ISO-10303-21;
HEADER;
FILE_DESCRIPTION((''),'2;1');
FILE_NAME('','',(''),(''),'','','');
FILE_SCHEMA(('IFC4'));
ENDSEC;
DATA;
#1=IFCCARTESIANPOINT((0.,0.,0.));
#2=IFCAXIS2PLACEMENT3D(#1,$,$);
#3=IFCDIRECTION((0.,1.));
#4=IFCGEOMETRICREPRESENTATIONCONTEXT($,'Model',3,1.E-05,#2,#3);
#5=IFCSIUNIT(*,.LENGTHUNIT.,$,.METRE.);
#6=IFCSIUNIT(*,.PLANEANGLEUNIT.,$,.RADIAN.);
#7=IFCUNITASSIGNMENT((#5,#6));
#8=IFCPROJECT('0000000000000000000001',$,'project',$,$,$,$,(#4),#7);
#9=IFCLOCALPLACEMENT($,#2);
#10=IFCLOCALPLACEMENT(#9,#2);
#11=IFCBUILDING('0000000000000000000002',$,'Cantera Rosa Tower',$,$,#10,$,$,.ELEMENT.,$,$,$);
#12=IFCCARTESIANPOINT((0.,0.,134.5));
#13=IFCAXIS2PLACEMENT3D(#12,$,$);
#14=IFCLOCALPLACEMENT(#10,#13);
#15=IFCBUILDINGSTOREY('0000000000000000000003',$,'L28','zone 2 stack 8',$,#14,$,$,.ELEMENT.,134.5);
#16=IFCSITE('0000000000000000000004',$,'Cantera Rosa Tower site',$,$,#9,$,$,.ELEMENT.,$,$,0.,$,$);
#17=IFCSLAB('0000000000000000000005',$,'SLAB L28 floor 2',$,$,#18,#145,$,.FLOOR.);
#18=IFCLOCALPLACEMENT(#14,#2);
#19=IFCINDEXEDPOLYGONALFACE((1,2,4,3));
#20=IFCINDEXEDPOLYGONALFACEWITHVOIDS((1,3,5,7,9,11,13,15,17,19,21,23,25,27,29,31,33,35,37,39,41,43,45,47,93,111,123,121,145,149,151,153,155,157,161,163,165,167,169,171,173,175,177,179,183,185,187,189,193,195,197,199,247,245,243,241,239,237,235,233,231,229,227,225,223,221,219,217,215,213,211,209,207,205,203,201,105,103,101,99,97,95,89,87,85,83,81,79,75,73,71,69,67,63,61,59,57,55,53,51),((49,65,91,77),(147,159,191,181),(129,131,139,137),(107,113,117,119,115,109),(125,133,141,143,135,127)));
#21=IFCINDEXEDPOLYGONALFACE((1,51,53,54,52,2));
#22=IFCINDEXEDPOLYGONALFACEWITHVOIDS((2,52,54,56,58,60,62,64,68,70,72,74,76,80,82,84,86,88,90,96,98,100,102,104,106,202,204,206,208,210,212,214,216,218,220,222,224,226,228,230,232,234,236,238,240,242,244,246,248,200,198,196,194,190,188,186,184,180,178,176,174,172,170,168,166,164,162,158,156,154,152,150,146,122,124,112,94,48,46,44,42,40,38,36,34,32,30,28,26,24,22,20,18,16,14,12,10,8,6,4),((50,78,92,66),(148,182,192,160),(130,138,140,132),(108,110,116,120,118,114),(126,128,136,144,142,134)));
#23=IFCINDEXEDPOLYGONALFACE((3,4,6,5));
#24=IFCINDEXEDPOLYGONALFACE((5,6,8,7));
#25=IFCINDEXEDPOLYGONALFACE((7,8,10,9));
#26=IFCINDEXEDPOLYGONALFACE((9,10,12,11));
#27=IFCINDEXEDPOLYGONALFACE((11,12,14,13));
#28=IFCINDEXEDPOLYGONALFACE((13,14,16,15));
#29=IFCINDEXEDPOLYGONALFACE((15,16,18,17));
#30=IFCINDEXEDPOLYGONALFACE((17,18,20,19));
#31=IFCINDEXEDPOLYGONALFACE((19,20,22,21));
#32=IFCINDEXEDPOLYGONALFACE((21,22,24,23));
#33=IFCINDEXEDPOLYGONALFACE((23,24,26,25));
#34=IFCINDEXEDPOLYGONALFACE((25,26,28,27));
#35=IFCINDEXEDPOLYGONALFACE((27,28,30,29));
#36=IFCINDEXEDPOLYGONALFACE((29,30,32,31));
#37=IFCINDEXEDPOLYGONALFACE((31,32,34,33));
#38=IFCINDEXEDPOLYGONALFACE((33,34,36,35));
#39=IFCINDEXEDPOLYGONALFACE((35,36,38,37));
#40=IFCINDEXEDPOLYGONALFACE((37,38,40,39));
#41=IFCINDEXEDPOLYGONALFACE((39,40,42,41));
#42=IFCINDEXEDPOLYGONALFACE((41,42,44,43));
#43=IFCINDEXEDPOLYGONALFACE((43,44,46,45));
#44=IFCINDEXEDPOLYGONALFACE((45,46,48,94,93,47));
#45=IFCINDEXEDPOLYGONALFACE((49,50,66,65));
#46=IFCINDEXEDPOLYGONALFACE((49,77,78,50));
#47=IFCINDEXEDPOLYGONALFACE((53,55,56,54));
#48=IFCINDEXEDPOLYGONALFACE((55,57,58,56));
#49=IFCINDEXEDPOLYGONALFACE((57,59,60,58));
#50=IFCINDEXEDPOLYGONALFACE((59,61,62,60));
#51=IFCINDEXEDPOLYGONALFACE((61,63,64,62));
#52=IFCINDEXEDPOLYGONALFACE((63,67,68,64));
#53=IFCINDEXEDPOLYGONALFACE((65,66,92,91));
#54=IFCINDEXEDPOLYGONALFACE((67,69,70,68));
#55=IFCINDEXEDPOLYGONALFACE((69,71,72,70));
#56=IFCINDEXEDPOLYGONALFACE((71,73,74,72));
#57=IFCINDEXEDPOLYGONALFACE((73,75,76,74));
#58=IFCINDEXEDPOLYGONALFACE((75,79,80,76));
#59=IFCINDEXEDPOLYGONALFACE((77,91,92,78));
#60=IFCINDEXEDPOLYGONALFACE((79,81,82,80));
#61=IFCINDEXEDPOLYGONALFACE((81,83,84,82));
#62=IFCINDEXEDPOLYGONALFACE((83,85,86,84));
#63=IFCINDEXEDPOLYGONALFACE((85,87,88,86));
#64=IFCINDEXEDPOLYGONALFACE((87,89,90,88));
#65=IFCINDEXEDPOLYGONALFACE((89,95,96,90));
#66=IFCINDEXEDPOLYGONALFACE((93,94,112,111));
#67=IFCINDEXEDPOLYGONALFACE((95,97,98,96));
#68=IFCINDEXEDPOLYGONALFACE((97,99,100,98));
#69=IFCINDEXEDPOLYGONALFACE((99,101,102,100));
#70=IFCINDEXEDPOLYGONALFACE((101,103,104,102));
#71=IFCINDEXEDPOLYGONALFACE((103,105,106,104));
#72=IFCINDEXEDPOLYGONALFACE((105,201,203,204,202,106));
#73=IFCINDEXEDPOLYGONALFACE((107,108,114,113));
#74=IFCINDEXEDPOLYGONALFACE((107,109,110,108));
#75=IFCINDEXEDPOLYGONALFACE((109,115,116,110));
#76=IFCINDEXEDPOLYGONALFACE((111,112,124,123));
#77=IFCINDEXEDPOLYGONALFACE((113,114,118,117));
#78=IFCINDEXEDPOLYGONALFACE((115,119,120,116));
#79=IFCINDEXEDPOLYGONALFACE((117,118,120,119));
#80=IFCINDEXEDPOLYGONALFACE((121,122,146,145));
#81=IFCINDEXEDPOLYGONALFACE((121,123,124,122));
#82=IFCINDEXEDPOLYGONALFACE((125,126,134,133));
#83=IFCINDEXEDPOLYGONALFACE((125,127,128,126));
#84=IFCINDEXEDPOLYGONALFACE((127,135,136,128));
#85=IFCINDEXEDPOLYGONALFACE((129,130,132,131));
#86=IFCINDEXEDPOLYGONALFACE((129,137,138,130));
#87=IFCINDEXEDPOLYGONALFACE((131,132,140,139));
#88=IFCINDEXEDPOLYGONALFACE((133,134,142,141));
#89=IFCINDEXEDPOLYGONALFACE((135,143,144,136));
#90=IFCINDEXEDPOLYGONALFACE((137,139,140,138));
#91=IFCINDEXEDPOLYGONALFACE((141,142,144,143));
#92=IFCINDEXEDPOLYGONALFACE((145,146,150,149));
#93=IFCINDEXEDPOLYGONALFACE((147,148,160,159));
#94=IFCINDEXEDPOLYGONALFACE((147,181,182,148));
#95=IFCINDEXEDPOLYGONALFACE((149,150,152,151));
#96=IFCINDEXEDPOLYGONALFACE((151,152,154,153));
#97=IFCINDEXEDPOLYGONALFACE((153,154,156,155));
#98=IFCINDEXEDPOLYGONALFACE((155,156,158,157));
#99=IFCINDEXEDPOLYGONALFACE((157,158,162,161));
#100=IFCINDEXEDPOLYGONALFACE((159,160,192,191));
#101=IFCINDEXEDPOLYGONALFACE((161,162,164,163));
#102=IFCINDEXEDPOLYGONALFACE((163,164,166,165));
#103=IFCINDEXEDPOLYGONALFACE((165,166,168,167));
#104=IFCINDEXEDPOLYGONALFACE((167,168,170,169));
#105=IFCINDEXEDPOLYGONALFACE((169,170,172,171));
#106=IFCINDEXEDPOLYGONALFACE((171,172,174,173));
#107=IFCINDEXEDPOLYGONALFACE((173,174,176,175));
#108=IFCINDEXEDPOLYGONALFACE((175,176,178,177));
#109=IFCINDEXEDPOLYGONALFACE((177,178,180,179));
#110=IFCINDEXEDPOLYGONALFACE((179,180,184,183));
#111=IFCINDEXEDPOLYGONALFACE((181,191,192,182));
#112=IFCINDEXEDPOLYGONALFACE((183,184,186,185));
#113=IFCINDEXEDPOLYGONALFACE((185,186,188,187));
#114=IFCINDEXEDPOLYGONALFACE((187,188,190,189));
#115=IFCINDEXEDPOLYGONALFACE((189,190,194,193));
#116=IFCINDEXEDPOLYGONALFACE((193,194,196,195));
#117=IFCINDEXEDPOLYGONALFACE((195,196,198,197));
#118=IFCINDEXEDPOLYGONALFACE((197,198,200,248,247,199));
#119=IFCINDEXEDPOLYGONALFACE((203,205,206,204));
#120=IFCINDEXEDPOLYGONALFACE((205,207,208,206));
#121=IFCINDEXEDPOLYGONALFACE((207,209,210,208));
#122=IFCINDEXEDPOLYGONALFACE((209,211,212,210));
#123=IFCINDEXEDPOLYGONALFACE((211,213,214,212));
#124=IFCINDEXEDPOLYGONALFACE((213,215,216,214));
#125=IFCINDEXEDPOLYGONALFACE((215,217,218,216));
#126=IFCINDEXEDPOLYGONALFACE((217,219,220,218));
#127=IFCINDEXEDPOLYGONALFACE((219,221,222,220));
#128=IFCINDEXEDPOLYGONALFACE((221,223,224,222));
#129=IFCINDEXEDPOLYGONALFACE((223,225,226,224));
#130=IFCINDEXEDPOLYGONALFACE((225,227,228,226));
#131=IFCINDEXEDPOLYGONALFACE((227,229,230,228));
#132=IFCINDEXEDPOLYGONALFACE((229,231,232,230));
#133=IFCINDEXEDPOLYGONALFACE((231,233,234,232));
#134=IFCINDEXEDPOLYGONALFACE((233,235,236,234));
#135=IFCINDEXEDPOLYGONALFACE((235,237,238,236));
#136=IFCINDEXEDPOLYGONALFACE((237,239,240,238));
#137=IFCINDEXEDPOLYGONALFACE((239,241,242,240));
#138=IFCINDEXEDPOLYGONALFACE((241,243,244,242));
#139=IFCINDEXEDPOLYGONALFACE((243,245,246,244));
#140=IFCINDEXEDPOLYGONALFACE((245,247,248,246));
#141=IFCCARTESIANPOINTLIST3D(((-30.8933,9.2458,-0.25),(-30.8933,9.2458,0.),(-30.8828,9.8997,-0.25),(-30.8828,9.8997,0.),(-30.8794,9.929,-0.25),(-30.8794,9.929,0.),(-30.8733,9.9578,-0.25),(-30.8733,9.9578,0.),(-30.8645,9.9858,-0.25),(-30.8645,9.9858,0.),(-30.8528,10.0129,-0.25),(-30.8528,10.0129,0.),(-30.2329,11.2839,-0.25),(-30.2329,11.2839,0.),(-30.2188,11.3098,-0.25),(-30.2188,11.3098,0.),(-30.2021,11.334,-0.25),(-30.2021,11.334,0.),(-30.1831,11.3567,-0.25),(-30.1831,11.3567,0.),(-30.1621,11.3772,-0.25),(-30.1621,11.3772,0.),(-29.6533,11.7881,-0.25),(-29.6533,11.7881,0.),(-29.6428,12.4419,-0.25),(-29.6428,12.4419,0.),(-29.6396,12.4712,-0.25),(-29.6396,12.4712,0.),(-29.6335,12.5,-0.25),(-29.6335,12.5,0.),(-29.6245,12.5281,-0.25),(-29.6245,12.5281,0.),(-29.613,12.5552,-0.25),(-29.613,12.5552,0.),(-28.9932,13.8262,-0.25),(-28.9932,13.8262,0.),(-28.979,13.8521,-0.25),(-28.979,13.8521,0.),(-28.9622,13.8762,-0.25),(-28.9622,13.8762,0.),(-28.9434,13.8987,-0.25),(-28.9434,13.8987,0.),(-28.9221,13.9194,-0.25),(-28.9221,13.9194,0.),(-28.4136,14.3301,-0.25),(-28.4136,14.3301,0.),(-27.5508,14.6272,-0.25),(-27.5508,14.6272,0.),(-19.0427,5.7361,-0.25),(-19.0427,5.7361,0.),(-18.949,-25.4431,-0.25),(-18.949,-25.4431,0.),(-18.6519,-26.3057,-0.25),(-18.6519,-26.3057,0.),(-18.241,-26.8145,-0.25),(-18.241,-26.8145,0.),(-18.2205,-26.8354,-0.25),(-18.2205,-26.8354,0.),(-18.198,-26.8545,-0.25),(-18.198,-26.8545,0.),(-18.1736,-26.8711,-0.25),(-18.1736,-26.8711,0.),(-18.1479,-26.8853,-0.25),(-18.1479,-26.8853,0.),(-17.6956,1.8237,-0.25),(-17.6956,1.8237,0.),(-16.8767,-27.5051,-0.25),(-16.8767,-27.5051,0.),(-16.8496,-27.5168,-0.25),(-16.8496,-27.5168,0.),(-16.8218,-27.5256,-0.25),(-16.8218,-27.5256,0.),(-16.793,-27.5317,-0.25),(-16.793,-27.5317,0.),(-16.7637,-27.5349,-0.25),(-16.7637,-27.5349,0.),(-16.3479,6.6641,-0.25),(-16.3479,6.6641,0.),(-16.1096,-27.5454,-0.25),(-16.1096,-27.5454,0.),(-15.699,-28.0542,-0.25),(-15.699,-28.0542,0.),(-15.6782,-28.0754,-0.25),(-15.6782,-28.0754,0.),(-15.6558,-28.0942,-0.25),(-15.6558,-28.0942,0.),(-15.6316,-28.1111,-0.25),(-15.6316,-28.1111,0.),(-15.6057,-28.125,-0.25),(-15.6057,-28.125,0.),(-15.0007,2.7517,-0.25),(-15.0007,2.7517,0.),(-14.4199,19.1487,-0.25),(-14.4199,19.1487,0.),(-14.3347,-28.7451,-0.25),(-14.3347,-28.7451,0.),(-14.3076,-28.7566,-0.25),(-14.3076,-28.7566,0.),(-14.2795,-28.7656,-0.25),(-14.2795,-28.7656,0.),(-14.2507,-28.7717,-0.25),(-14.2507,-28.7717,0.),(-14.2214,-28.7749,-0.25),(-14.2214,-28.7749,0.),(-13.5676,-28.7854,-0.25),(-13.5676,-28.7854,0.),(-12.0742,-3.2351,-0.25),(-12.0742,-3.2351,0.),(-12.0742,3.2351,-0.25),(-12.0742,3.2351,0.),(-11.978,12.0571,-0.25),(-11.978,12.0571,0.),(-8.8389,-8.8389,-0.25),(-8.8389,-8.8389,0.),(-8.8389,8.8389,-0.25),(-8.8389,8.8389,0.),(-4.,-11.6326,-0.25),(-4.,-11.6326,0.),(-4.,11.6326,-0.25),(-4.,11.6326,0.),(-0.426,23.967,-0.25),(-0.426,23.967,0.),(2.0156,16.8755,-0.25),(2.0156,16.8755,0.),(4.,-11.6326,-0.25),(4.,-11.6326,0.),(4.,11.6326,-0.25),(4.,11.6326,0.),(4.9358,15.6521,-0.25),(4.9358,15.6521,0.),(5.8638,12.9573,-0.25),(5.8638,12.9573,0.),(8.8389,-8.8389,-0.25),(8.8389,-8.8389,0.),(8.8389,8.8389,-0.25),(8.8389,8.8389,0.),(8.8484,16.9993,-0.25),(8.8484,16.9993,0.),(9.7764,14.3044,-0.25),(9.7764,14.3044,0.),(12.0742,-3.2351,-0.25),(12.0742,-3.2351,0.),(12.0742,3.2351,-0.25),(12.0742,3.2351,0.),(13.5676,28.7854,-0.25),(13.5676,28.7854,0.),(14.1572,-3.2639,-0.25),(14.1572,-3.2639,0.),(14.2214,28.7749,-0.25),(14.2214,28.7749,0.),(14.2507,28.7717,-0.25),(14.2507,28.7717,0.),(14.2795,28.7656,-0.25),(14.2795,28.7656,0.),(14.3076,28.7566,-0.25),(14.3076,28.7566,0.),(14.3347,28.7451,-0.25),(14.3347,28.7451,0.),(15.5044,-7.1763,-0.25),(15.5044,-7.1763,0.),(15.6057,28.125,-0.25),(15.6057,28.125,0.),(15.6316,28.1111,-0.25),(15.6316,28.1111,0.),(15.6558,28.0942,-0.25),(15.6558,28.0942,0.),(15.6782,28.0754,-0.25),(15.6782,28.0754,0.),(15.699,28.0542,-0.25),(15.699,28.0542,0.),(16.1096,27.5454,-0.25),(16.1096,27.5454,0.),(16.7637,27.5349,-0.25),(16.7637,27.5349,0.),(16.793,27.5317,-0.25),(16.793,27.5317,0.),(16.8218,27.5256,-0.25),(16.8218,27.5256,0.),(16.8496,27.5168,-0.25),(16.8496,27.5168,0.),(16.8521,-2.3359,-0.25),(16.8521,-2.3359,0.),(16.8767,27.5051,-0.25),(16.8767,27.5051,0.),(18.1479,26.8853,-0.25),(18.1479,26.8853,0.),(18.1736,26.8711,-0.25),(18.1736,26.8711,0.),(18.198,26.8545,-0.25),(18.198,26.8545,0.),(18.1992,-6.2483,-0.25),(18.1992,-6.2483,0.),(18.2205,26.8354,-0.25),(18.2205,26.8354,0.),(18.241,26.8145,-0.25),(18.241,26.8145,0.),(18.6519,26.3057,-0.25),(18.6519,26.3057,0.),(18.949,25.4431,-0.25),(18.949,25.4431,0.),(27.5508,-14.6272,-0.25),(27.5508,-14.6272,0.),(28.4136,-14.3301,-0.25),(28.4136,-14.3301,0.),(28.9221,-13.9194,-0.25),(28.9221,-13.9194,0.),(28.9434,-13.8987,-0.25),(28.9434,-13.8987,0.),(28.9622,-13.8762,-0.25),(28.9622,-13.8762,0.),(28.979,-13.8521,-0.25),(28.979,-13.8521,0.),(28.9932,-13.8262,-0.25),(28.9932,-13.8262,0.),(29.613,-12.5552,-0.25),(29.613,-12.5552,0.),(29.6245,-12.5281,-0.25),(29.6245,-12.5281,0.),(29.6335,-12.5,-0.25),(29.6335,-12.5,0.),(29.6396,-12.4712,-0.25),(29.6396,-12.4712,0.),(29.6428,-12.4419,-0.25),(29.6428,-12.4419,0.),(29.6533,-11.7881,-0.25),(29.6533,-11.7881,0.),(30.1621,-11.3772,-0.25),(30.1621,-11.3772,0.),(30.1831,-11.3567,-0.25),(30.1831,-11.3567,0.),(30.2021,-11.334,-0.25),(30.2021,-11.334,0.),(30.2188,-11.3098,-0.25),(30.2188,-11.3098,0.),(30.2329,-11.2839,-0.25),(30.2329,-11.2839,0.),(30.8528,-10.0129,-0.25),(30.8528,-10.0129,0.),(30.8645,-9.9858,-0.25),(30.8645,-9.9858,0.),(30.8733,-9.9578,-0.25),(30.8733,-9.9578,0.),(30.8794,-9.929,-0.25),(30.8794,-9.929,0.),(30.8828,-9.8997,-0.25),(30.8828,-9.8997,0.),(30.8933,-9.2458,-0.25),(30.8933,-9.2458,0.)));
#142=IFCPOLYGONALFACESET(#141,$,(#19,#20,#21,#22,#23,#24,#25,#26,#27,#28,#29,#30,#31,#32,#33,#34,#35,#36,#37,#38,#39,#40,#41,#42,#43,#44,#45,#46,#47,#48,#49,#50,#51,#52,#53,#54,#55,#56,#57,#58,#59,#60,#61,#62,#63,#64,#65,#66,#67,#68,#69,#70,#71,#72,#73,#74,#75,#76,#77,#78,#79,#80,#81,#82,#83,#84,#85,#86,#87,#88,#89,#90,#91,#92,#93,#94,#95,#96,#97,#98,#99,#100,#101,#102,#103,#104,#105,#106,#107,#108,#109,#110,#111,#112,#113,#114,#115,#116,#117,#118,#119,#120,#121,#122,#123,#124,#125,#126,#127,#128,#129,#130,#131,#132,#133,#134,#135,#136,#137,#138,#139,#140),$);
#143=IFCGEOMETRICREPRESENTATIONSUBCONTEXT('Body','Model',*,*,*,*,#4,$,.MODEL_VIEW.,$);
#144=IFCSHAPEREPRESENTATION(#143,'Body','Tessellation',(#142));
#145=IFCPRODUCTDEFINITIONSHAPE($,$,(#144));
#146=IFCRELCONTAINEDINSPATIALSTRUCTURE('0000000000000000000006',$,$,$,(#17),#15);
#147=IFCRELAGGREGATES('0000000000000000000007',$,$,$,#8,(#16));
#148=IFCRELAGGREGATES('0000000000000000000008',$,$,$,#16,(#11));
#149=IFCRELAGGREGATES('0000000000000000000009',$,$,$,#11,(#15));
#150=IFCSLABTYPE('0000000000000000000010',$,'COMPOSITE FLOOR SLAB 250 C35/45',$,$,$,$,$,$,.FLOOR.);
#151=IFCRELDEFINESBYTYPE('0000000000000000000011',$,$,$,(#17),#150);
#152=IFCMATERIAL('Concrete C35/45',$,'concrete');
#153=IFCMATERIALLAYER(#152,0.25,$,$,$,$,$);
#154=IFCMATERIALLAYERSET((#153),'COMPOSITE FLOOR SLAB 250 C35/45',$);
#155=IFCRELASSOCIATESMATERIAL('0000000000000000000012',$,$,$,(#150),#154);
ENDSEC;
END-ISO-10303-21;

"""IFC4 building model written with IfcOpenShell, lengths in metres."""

from ifc_helpers import new_model, si_unit, direction, frame, origin, place, context, subcontext, project, spatial, polyline, outline, extrude, material, layer, layer_set, type_object, element, save


model = new_model("IFC4")

# Units and contexts
model_context = context("Model", 3, precision=1e-05, world=origin(), true_north=direction((0.0, 1.0)))
body_context = subcontext(model_context, "Body", "Model", "MODEL_VIEW")
ifc_project = project(units=[si_unit("LENGTHUNIT", "METRE"), si_unit("PLANEANGLEUNIT", "RADIAN")], contexts=[model_context])

# Site, building, storey
site_placement = place(None, origin())
site = spatial("IfcSite", under=ifc_project, at=site_placement, Name="Cantera Rosa Tower site", CompositionType="ELEMENT", RefElevation=0.0)
building_placement = place(site_placement, origin())
building = spatial("IfcBuilding", under=site, at=building_placement, Name="Cantera Rosa Tower", CompositionType="ELEMENT")
storey_placement = place(building_placement, frame((0.0, 0.0, 134.5)))
storey = spatial("IfcBuildingStorey", under=building, at=storey_placement, Name="L28", Description="zone 2 stack 8", CompositionType="ELEMENT", Elevation=134.5)

# Slab
ifc_material_1 = material(Name="Concrete C35/45", Category="concrete")
ifc_layer_1 = layer(ifc_material_1, 0.25)
ifc_layer_set_1 = layer_set([ifc_layer_1], Name="COMPOSITE FLOOR SLAB 250 C35/45")
slab_type_1 = type_object("IfcSlabType", Name="COMPOSITE FLOOR SLAB 250 C35/45", PredefinedType="FLOOR", material=ifc_layer_set_1)
slab_1_placement = place(storey_placement, frame((0.0, 0.0, -0.25)))
element("IfcSlab", 1, at=slab_1_placement, inside=storey, type_object=slab_type_1, Name="SLAB L28 floor 2", PredefinedType="FLOOR", context=body_context, shape_type="SweptSolid", body=[
    extrude(outline(polyline([(-15.6316, -28.1111), (-15.6558, -28.0942), (-15.6782, -28.0754), (-15.699, -28.0542), (-16.1096, -27.5454), (-16.7637, -27.5349), (-16.793, -27.5317), (-16.8218, -27.5256), (-16.8496, -27.5168), (-16.8767, -27.5051), (-18.1479, -26.8853), (-18.1736, -26.8711), (-18.198, -26.8545), (-18.2205, -26.8354), (-18.241, -26.8145), (-18.6519, -26.3057), (-18.949, -25.4431), (-30.8933, 9.2458), (-30.8828, 9.8997), (-30.8794, 9.929), (-30.8733, 9.9578), (-30.8645, 9.9858), (-30.8528, 10.0129), (-30.2329, 11.2839), (-30.2188, 11.3098), (-30.2021, 11.334), (-30.1831, 11.3567), (-30.1621, 11.3772), (-29.6533, 11.7881), (-29.6428, 12.4419), (-29.6396, 12.4712), (-29.6335, 12.5), (-29.6245, 12.5281), (-29.613, 12.5552), (-28.9932, 13.8262), (-28.979, 13.8521), (-28.9622, 13.8762), (-28.9434, 13.8987), (-28.9221, 13.9194), (-28.4136, 14.3301), (-27.5508, 14.6272), (-14.4199, 19.1487), (-11.978, 12.0571), (2.0156, 16.8755), (-0.426, 23.967), (13.5676, 28.7854), (14.2214, 28.7749), (14.2507, 28.7717), (14.2795, 28.7656), (14.3076, 28.7566), (14.3347, 28.7451), (15.6057, 28.125), (15.6316, 28.1111), (15.6558, 28.0942), (15.6782, 28.0754), (15.699, 28.0542), (16.1096, 27.5454), (16.7637, 27.5349), (16.793, 27.5317), (16.8218, 27.5256), (16.8496, 27.5168), (16.8767, 27.5051), (18.1479, 26.8853), (18.1736, 26.8711), (18.198, 26.8545), (18.2205, 26.8354), (18.241, 26.8145), (18.6519, 26.3057), (18.949, 25.4431), (30.8933, -9.2458), (30.8828, -9.8997), (30.8794, -9.929), (30.8733, -9.9578), (30.8645, -9.9858), (30.8528, -10.0129), (30.2329, -11.2839), (30.2188, -11.3098), (30.2021, -11.334), (30.1831, -11.3567), (30.1621, -11.3772), (29.6533, -11.7881), (29.6428, -12.4419), (29.6396, -12.4712), (29.6335, -12.5), (29.6245, -12.5281), (29.613, -12.5552), (28.9932, -13.8262), (28.979, -13.8521), (28.9622, -13.8762), (28.9434, -13.8987), (28.9221, -13.9194), (28.4136, -14.3301), (27.5508, -14.6272), (-13.5676, -28.7854), (-14.2214, -28.7749), (-14.2507, -28.7717), (-14.2795, -28.7656), (-14.3076, -28.7566), (-14.3347, -28.7451), (-15.6057, -28.125), (-15.6316, -28.1111)]), holes=[polyline([(-12.0742, -3.2351), (-8.8389, -8.8389), (-4.0, -11.6326), (-4.0, 11.6326), (-8.8389, 8.8389), (-12.0742, 3.2351), (-12.0742, -3.2351)]), polyline([(-16.3479, 6.6641), (-19.0427, 5.7361), (-17.6956, 1.8237), (-15.0007, 2.7517), (-16.3479, 6.6641)]), polyline([(16.8521, -2.3359), (14.1572, -3.2639), (15.5044, -7.1763), (18.1992, -6.2483), (16.8521, -2.3359)]), polyline([(12.0742, -3.2351), (12.0742, 3.2351), (8.8389, 8.8389), (4.0, 11.6326), (4.0, -11.6326), (8.8389, -8.8389), (12.0742, -3.2351)]), polyline([(4.9358, 15.6521), (5.8638, 12.9573), (9.7764, 14.3044), (8.8484, 16.9993), (4.9358, 15.6521)])]), origin(), (0.0, 0.0, 1.0), 0.25),
])

save(model, "model.ifc")
